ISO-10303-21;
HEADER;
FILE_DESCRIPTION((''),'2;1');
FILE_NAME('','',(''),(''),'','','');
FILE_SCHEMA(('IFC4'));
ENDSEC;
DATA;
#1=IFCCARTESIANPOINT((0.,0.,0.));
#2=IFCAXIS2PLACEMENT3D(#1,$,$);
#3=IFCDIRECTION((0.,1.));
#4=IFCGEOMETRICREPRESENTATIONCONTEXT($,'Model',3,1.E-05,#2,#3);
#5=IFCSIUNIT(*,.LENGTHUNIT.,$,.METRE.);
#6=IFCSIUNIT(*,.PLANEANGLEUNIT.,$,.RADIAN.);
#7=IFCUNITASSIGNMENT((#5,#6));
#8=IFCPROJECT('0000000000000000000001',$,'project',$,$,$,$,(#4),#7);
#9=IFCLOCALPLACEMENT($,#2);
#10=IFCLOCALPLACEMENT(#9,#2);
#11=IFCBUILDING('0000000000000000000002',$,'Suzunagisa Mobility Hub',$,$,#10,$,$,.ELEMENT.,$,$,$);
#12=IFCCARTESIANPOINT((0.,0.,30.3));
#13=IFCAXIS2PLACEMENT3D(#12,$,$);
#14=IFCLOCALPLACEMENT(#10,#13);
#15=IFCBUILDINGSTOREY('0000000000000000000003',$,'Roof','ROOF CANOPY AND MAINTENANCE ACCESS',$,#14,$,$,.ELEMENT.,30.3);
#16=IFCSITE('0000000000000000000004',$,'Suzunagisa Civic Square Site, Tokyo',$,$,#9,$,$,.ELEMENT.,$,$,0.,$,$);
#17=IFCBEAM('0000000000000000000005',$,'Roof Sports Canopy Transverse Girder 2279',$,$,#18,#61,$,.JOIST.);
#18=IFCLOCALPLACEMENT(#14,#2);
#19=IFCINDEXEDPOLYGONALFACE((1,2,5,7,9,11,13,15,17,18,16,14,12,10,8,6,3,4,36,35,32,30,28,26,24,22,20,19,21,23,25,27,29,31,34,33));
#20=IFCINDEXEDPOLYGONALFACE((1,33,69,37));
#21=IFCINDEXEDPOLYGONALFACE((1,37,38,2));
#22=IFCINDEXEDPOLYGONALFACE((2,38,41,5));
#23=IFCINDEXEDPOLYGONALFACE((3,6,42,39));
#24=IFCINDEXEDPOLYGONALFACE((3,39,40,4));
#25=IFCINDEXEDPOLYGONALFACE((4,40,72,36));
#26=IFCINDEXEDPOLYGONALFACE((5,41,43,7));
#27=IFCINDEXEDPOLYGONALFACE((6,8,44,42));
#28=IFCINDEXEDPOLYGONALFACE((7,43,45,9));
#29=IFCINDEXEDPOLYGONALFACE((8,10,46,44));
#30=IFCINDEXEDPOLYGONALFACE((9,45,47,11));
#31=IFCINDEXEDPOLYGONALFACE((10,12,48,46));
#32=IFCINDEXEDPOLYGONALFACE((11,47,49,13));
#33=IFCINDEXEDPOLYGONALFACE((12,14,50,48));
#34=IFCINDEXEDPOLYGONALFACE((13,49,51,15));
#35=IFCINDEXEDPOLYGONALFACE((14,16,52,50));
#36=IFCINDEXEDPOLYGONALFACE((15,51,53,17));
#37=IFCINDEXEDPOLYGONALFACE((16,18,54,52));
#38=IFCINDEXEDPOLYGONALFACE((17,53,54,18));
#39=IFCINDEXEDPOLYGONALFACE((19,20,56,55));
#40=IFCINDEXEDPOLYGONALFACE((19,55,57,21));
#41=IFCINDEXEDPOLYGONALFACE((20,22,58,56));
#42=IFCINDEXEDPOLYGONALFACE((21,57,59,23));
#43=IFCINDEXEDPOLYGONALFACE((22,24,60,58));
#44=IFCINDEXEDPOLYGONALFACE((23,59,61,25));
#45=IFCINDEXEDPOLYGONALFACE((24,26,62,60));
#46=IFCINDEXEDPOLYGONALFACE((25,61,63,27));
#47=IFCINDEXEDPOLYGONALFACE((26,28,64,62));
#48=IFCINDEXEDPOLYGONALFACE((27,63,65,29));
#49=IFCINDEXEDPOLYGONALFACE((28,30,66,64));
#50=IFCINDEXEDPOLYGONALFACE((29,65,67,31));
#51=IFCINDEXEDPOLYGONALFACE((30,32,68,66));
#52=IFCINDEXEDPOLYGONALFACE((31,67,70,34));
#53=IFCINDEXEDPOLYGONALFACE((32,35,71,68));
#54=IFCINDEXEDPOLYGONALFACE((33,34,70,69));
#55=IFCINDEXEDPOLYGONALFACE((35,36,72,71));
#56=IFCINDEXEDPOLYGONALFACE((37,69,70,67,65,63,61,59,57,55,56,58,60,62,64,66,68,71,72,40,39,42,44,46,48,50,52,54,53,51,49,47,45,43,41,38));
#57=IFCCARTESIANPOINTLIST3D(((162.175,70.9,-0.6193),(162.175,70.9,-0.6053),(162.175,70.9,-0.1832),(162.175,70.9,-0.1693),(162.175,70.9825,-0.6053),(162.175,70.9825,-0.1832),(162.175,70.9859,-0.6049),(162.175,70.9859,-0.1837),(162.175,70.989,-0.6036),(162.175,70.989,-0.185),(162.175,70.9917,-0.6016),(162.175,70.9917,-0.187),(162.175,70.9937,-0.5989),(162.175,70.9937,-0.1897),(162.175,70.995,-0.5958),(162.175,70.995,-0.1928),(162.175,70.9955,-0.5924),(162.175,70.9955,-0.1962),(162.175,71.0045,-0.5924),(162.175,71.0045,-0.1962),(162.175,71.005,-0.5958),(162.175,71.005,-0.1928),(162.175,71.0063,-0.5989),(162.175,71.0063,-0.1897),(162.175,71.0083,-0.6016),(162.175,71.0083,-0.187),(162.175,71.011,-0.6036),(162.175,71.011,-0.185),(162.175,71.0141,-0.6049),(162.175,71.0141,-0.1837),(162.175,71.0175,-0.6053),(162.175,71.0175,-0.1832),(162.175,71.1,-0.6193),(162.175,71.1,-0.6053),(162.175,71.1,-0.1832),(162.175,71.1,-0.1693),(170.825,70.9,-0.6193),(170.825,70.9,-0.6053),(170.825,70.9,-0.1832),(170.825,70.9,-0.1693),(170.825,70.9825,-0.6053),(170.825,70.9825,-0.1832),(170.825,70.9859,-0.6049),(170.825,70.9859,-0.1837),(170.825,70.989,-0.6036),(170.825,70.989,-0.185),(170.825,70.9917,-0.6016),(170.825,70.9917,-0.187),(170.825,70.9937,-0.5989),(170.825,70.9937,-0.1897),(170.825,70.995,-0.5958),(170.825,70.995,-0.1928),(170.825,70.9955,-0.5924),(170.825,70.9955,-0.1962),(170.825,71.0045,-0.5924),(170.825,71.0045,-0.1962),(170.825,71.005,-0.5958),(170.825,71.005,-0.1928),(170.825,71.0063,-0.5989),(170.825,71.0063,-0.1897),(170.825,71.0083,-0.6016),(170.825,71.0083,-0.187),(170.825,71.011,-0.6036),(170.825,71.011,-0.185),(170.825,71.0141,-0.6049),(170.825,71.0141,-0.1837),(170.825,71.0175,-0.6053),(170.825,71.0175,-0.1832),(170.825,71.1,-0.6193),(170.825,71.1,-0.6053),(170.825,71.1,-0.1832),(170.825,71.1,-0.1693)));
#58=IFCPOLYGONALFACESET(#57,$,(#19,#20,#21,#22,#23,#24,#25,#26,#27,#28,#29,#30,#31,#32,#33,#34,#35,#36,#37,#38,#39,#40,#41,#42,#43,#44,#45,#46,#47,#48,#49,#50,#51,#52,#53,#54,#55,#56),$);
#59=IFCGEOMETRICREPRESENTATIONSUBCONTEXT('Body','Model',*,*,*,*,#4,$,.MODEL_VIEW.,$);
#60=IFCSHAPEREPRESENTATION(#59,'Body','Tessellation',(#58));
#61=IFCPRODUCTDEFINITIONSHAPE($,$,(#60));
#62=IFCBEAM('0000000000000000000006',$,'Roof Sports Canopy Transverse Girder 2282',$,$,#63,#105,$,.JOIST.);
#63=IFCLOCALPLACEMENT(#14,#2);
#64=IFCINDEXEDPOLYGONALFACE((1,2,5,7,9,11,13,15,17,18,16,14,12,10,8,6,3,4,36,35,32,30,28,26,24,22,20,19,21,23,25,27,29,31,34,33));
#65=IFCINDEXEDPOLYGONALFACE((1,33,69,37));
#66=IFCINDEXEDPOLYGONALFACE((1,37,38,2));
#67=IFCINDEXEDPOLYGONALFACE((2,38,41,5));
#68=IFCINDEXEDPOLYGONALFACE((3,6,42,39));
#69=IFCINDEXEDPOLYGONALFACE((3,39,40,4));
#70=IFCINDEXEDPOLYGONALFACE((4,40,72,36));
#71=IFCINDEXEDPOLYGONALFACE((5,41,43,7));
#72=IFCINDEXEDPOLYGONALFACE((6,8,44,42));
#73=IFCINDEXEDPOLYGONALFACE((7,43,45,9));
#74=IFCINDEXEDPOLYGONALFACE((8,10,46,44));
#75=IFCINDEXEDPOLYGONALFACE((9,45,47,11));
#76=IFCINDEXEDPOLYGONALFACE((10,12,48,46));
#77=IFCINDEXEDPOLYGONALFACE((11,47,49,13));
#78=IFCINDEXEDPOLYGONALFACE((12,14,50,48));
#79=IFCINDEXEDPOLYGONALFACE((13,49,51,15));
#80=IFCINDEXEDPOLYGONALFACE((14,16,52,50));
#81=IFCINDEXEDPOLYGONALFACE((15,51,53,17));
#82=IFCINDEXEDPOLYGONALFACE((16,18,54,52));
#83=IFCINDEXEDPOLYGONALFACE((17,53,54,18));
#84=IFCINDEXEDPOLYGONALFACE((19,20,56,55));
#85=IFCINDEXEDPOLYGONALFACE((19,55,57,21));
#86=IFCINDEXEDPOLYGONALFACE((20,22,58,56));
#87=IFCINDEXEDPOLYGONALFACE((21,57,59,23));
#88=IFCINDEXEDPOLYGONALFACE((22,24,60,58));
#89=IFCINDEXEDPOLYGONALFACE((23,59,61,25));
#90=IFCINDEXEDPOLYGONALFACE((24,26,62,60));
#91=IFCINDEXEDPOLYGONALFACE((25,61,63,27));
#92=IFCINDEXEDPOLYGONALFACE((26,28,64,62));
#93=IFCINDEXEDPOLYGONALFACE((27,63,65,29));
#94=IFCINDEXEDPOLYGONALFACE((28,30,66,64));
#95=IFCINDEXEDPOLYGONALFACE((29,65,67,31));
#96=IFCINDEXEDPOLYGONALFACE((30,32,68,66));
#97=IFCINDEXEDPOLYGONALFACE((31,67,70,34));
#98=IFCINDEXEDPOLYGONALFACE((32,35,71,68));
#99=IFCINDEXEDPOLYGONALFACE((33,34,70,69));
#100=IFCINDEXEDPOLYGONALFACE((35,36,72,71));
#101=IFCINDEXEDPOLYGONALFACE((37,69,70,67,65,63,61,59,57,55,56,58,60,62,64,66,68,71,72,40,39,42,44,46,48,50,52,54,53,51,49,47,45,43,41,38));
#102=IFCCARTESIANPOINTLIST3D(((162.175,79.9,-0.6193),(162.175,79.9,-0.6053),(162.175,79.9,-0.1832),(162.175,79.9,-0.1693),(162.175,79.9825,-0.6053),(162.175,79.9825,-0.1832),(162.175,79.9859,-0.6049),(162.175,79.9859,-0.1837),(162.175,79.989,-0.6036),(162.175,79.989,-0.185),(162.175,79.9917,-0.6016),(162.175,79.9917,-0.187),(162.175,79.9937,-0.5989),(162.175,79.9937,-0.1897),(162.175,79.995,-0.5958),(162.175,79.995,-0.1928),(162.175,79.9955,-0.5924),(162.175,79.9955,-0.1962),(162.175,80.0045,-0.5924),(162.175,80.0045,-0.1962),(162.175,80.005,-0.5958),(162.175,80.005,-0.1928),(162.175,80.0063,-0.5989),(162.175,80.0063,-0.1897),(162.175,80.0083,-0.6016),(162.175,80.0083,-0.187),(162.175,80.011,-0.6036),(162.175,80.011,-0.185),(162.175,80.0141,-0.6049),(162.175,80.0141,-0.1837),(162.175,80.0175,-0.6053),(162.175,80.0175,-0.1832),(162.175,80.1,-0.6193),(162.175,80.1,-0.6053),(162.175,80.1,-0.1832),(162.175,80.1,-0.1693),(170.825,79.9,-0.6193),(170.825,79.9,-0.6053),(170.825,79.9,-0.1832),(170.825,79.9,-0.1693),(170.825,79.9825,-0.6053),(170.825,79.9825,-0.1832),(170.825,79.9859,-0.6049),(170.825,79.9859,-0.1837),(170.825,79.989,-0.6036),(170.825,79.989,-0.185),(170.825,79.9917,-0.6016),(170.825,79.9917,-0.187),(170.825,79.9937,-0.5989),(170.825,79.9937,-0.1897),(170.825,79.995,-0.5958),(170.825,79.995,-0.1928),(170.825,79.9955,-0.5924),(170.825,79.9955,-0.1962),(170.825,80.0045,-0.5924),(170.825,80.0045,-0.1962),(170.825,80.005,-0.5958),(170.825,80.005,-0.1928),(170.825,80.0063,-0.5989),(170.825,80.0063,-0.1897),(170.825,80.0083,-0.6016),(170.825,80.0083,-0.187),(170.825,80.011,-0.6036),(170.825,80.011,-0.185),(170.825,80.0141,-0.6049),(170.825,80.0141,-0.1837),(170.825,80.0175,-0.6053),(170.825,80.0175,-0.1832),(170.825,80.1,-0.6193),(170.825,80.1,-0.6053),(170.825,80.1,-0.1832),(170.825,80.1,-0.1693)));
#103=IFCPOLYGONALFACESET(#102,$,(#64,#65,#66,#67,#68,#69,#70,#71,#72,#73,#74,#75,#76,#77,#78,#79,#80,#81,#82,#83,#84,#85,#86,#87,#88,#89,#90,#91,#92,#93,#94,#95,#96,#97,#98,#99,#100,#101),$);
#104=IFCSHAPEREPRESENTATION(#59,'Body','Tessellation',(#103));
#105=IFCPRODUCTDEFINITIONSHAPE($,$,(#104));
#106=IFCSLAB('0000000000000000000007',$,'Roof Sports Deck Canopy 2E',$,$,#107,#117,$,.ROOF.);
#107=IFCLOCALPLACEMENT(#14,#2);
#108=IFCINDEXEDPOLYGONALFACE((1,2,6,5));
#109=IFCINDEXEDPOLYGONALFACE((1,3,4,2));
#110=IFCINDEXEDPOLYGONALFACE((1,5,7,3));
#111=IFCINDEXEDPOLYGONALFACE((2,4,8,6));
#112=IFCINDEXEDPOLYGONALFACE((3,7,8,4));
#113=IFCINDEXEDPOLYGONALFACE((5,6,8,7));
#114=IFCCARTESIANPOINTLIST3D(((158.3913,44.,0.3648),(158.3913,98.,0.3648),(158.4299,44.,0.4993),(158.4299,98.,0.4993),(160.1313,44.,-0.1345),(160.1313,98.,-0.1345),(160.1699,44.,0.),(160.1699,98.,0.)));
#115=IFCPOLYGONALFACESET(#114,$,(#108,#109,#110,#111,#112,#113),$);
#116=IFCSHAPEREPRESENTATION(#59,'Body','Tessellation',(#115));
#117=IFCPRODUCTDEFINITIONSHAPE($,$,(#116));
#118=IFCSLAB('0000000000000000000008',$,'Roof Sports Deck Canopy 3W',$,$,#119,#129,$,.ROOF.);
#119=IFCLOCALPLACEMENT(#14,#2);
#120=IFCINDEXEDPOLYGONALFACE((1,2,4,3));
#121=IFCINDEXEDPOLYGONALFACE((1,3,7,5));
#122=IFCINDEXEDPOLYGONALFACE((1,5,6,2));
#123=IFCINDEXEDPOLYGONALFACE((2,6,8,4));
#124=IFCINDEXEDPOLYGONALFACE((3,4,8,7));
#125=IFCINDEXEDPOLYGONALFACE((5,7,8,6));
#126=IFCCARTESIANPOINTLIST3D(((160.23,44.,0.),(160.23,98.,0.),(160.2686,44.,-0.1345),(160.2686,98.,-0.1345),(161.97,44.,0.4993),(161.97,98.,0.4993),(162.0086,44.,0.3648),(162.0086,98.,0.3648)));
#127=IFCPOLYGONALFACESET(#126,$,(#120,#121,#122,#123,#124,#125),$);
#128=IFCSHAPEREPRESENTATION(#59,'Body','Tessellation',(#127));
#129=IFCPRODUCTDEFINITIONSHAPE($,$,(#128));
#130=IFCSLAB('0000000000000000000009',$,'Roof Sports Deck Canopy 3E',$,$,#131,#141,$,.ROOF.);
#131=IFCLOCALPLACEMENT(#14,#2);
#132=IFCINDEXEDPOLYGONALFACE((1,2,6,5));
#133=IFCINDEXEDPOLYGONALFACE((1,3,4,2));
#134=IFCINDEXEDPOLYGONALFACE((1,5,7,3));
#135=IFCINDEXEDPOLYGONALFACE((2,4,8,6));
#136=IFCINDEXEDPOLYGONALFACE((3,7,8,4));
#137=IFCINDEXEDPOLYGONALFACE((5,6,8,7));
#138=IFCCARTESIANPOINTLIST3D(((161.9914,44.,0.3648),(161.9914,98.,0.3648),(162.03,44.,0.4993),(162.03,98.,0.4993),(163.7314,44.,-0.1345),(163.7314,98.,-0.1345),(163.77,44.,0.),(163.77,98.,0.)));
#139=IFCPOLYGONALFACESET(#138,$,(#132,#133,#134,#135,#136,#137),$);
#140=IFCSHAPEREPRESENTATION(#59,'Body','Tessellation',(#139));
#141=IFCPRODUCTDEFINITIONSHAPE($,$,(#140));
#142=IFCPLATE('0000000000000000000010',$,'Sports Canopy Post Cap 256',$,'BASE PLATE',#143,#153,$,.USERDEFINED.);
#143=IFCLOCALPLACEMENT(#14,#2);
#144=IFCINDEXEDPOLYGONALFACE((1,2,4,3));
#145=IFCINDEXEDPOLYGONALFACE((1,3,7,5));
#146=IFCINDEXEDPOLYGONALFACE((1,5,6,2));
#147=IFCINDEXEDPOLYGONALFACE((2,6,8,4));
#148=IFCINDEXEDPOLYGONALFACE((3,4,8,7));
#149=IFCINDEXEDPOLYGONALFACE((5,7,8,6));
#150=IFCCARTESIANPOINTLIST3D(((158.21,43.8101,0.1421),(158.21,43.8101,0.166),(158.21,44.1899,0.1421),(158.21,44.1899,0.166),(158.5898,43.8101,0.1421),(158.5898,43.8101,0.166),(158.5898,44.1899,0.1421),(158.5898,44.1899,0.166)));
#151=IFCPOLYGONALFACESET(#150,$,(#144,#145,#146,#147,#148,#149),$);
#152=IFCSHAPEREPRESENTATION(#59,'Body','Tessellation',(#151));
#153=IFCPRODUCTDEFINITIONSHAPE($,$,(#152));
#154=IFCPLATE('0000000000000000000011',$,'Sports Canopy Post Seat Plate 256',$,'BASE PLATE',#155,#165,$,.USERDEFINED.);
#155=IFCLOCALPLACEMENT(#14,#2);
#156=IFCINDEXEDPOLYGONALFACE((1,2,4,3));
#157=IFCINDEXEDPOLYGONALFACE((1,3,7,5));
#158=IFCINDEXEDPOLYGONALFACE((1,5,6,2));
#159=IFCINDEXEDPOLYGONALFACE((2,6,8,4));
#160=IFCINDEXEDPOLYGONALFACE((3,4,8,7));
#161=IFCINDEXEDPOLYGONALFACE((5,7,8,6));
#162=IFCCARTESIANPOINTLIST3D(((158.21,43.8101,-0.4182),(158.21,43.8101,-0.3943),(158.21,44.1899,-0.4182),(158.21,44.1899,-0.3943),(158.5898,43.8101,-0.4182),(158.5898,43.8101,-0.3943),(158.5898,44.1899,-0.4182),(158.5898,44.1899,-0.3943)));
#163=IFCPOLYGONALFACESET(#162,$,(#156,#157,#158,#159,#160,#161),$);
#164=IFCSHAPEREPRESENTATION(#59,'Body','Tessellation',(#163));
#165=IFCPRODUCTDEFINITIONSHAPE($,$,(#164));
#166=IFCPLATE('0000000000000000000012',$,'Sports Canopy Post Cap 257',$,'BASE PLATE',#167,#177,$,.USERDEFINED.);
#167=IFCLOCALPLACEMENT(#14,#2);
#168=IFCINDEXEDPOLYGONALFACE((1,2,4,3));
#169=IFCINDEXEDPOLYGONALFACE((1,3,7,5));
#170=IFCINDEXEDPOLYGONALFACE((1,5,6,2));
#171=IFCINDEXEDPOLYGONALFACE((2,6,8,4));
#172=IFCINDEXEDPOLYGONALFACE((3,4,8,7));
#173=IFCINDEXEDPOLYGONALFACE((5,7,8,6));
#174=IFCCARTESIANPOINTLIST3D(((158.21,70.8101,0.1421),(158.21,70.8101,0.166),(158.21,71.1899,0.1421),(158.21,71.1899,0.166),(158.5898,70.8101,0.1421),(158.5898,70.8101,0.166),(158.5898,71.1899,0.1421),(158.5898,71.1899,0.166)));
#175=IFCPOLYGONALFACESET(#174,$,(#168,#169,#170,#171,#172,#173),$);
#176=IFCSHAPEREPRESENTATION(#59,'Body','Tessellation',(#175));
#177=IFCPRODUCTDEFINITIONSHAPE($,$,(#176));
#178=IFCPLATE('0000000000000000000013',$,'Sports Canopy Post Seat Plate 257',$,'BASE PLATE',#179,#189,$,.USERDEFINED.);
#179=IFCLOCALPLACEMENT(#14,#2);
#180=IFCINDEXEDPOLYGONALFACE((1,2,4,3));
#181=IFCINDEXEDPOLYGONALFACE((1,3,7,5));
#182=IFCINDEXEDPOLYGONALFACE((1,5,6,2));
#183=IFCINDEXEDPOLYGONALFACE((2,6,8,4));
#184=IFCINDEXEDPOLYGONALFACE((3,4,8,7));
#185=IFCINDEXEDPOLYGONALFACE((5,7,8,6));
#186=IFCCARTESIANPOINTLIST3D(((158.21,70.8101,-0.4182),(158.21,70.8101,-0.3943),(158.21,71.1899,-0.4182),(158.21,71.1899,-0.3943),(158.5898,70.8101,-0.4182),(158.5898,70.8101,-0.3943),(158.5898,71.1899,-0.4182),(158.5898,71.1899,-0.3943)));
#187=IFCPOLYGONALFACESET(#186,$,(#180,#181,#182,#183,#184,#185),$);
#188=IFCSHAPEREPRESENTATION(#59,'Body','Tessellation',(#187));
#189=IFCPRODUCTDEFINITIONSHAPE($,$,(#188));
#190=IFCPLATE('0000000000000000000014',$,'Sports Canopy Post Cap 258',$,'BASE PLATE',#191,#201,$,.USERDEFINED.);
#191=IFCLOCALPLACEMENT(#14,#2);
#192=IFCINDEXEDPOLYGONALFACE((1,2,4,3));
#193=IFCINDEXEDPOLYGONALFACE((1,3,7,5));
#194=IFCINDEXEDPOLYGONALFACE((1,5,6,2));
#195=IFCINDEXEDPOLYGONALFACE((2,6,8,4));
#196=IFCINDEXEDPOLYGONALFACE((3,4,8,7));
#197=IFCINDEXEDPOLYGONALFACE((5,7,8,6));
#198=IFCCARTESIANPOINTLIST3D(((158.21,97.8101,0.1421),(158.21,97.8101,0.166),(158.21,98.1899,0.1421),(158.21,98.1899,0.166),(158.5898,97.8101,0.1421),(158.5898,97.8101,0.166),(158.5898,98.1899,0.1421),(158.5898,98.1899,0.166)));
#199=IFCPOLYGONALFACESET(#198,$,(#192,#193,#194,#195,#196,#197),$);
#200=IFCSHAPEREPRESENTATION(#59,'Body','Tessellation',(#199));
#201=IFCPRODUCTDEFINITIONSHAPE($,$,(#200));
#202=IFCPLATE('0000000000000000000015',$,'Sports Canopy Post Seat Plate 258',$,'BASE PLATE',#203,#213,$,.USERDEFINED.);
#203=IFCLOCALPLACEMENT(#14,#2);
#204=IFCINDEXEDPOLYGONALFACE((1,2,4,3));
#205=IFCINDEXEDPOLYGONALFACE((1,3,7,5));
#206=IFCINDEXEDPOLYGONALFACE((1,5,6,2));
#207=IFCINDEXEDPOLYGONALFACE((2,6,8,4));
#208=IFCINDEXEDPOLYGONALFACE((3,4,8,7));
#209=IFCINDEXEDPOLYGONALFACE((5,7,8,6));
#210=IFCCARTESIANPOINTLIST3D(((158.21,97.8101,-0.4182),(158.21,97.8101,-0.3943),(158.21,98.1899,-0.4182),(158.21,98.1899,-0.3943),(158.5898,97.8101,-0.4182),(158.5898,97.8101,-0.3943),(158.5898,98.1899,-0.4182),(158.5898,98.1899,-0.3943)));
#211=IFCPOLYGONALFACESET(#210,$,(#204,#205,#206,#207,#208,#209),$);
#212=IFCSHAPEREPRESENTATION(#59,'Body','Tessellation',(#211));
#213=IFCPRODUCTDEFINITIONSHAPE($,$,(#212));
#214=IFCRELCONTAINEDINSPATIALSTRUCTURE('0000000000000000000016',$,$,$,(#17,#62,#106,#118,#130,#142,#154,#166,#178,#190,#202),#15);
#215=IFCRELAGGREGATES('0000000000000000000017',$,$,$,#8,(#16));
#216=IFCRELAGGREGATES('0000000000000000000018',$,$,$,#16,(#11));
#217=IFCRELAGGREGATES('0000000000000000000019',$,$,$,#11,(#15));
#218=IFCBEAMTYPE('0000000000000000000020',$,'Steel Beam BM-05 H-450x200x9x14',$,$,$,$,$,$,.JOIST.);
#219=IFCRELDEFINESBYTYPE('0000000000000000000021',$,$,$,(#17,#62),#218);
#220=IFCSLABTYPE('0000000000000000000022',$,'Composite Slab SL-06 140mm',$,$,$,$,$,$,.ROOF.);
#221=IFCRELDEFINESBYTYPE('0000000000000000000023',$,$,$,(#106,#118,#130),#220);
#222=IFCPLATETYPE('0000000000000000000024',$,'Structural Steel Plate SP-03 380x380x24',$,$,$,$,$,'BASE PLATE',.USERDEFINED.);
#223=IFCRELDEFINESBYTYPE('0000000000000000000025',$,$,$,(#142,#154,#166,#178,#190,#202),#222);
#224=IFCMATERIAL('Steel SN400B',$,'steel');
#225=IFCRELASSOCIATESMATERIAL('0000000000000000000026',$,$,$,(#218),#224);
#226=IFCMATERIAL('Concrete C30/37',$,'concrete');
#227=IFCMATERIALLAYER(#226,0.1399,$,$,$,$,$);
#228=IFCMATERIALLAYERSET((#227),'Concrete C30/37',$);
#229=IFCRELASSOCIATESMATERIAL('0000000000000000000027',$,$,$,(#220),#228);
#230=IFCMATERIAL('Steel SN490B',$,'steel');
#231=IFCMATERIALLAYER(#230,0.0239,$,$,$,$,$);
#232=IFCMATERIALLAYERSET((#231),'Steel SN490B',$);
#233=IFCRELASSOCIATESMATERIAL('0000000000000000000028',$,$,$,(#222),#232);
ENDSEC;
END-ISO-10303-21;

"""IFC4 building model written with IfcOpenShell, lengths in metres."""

from ifc_helpers import new_model, si_unit, direction, frame, origin, origin_2d, place, context, subcontext, project, spatial, polyline, rectangle, i_section, outline, extrude, material, layer, layer_set, material_profile, profile_set, type_object, element, save


model = new_model("IFC4")

# Units and contexts
model_context = context("Model", 3, precision=1e-05, world=origin(), true_north=direction((0.0, 1.0)))
body_context = subcontext(model_context, "Body", "Model", "MODEL_VIEW")
ifc_project = project(units=[si_unit("LENGTHUNIT", "METRE"), si_unit("PLANEANGLEUNIT", "RADIAN")], contexts=[model_context])

# Site, building, storey
site_placement = place(None, origin())
site = spatial("IfcSite", under=ifc_project, at=site_placement, Name="Suzunagisa Civic Square Site, Tokyo", CompositionType="ELEMENT", RefElevation=0.0)
building_placement = place(site_placement, origin())
building = spatial("IfcBuilding", under=site, at=building_placement, Name="Suzunagisa Mobility Hub", CompositionType="ELEMENT")
storey_placement = place(building_placement, frame((0.0, 0.0, 30.3)))
storey = spatial("IfcBuildingStorey", under=building, at=storey_placement, Name="Roof", Description="ROOF CANOPY AND MAINTENANCE ACCESS", CompositionType="ELEMENT", Elevation=30.3)

# Shared definitions
ifc_material_1 = material(Name="Steel SN400B", Category="steel")

# Beams
ifc_material_profile_1 = material_profile(ifc_material_1, i_section(OverallWidth=0.2, OverallDepth=0.45, WebThickness=0.009, FlangeThickness=0.0139, FilletRadius=0.0129, at=origin_2d()), Name="H-450x200x9x14")
ifc_profile_set_1 = profile_set([ifc_material_profile_1], Name="Steel SN400B")
beam_type = type_object("IfcBeamType", Name="Steel Beam BM-05 H-450x200x9x14", PredefinedType="JOIST", material=ifc_profile_set_1)
for number, where, z_axis, x_axis, name in (
    (1, (162.175, 71.0, -0.3943), (1.0, 0.0, 0.0), (0.0, 1.0, 0.0), "Roof Sports Canopy Transverse Girder 2279"),
    (2, (162.175, 80.0, -0.3943), (1.0, 0.0, 0.0), (0.0, 1.0, 0.0), "Roof Sports Canopy Transverse Girder 2282"),
):
    element("IfcBeam", number, at=place(storey_placement, frame(where, z_axis=z_axis, x_axis=x_axis)), inside=storey, type_object=beam_type, Name=name, PredefinedType="JOIST", context=body_context, shape_type="SweptSolid", body=[
        extrude(i_section(OverallWidth=0.2, OverallDepth=0.45, WebThickness=0.009, FlangeThickness=0.0139, FilletRadius=0.0129, at=origin_2d()), origin(), (0.0, 0.0, 1.0), 8.6499),
    ])

# Slabs
ifc_material_2 = material(Name="Concrete C30/37", Category="concrete")
ifc_layer_1 = layer(ifc_material_2, 0.1399)
ifc_layer_set_1 = layer_set([ifc_layer_1], Name="Concrete C30/37")
slab_type = type_object("IfcSlabType", Name="Composite Slab SL-06 140mm", PredefinedType="ROOF", material=ifc_layer_set_1)
for number, where, z_axis, x_axis, name in (
    (3, (158.4299, 44.0, 0.4993), (0.275808, 0.0, 0.961213), (0.961213, 0.0, -0.275808), "Roof Sports Deck Canopy 2E"),
    (4, (160.23, 44.0, 0.0), (-0.275808, 0.0, 0.961213), (0.961213, 0.0, 0.275808), "Roof Sports Deck Canopy 3W"),
    (5, (162.03, 44.0, 0.4993), (0.275808, 0.0, 0.961213), (0.961213, 0.0, -0.275808), "Roof Sports Deck Canopy 3E"),
):
    element("IfcSlab", number, at=place(storey_placement, frame(where, z_axis=z_axis, x_axis=x_axis)), inside=storey, type_object=slab_type, Name=name, PredefinedType="ROOF", context=body_context, shape_type="SweptSolid", body=[
        extrude(outline(polyline([(0.0, 0.0), (1.8102, 0.0), (1.8102, 54.0), (0.0, 54.0), (0.0, 0.0)])), origin(), (0.0, 0.0, -1.0), 0.1399),
    ])

# Plates
ifc_material_3 = material(Name="Steel SN490B", Category="steel")
ifc_layer_2 = layer(ifc_material_3, 0.0239)
ifc_layer_set_2 = layer_set([ifc_layer_2], Name="Steel SN490B")
plate_type = type_object("IfcPlateType", Name="Structural Steel Plate SP-03 380x380x24", ElementType="BASE PLATE", PredefinedType="USERDEFINED", material=ifc_layer_set_2)
for number, where, z_axis, x_axis, name in (
    (6, (158.3999, 44.0, 0.1421), (0.0, 0.0, 1.0), (1.0, 0.0, 0.0), "Sports Canopy Post Cap 256"),
    (7, (158.3999, 44.0, -0.4182), (0.0, 0.0, 1.0), (1.0, 0.0, 0.0), "Sports Canopy Post Seat Plate 256"),
    (8, (158.3999, 71.0, 0.1421), (0.0, 0.0, 1.0), (1.0, 0.0, 0.0), "Sports Canopy Post Cap 257"),
    (9, (158.3999, 71.0, -0.4182), (0.0, 0.0, 1.0), (1.0, 0.0, 0.0), "Sports Canopy Post Seat Plate 257"),
    (10, (158.3999, 98.0, 0.1421), (0.0, 0.0, 1.0), (1.0, 0.0, 0.0), "Sports Canopy Post Cap 258"),
    (11, (158.3999, 98.0, -0.4182), (0.0, 0.0, 1.0), (1.0, 0.0, 0.0), "Sports Canopy Post Seat Plate 258"),
):
    element("IfcPlate", number, at=place(storey_placement, frame(where, z_axis=z_axis, x_axis=x_axis)), inside=storey, type_object=plate_type, Name=name, ObjectType="BASE PLATE", PredefinedType="USERDEFINED", context=body_context, shape_type="SweptSolid", body=[
        extrude(rectangle(XDim=0.3799, YDim=0.3799, at=origin_2d()), origin(), (0.0, 0.0, 1.0), 0.0239),
    ])

save(model, "model.ifc")
